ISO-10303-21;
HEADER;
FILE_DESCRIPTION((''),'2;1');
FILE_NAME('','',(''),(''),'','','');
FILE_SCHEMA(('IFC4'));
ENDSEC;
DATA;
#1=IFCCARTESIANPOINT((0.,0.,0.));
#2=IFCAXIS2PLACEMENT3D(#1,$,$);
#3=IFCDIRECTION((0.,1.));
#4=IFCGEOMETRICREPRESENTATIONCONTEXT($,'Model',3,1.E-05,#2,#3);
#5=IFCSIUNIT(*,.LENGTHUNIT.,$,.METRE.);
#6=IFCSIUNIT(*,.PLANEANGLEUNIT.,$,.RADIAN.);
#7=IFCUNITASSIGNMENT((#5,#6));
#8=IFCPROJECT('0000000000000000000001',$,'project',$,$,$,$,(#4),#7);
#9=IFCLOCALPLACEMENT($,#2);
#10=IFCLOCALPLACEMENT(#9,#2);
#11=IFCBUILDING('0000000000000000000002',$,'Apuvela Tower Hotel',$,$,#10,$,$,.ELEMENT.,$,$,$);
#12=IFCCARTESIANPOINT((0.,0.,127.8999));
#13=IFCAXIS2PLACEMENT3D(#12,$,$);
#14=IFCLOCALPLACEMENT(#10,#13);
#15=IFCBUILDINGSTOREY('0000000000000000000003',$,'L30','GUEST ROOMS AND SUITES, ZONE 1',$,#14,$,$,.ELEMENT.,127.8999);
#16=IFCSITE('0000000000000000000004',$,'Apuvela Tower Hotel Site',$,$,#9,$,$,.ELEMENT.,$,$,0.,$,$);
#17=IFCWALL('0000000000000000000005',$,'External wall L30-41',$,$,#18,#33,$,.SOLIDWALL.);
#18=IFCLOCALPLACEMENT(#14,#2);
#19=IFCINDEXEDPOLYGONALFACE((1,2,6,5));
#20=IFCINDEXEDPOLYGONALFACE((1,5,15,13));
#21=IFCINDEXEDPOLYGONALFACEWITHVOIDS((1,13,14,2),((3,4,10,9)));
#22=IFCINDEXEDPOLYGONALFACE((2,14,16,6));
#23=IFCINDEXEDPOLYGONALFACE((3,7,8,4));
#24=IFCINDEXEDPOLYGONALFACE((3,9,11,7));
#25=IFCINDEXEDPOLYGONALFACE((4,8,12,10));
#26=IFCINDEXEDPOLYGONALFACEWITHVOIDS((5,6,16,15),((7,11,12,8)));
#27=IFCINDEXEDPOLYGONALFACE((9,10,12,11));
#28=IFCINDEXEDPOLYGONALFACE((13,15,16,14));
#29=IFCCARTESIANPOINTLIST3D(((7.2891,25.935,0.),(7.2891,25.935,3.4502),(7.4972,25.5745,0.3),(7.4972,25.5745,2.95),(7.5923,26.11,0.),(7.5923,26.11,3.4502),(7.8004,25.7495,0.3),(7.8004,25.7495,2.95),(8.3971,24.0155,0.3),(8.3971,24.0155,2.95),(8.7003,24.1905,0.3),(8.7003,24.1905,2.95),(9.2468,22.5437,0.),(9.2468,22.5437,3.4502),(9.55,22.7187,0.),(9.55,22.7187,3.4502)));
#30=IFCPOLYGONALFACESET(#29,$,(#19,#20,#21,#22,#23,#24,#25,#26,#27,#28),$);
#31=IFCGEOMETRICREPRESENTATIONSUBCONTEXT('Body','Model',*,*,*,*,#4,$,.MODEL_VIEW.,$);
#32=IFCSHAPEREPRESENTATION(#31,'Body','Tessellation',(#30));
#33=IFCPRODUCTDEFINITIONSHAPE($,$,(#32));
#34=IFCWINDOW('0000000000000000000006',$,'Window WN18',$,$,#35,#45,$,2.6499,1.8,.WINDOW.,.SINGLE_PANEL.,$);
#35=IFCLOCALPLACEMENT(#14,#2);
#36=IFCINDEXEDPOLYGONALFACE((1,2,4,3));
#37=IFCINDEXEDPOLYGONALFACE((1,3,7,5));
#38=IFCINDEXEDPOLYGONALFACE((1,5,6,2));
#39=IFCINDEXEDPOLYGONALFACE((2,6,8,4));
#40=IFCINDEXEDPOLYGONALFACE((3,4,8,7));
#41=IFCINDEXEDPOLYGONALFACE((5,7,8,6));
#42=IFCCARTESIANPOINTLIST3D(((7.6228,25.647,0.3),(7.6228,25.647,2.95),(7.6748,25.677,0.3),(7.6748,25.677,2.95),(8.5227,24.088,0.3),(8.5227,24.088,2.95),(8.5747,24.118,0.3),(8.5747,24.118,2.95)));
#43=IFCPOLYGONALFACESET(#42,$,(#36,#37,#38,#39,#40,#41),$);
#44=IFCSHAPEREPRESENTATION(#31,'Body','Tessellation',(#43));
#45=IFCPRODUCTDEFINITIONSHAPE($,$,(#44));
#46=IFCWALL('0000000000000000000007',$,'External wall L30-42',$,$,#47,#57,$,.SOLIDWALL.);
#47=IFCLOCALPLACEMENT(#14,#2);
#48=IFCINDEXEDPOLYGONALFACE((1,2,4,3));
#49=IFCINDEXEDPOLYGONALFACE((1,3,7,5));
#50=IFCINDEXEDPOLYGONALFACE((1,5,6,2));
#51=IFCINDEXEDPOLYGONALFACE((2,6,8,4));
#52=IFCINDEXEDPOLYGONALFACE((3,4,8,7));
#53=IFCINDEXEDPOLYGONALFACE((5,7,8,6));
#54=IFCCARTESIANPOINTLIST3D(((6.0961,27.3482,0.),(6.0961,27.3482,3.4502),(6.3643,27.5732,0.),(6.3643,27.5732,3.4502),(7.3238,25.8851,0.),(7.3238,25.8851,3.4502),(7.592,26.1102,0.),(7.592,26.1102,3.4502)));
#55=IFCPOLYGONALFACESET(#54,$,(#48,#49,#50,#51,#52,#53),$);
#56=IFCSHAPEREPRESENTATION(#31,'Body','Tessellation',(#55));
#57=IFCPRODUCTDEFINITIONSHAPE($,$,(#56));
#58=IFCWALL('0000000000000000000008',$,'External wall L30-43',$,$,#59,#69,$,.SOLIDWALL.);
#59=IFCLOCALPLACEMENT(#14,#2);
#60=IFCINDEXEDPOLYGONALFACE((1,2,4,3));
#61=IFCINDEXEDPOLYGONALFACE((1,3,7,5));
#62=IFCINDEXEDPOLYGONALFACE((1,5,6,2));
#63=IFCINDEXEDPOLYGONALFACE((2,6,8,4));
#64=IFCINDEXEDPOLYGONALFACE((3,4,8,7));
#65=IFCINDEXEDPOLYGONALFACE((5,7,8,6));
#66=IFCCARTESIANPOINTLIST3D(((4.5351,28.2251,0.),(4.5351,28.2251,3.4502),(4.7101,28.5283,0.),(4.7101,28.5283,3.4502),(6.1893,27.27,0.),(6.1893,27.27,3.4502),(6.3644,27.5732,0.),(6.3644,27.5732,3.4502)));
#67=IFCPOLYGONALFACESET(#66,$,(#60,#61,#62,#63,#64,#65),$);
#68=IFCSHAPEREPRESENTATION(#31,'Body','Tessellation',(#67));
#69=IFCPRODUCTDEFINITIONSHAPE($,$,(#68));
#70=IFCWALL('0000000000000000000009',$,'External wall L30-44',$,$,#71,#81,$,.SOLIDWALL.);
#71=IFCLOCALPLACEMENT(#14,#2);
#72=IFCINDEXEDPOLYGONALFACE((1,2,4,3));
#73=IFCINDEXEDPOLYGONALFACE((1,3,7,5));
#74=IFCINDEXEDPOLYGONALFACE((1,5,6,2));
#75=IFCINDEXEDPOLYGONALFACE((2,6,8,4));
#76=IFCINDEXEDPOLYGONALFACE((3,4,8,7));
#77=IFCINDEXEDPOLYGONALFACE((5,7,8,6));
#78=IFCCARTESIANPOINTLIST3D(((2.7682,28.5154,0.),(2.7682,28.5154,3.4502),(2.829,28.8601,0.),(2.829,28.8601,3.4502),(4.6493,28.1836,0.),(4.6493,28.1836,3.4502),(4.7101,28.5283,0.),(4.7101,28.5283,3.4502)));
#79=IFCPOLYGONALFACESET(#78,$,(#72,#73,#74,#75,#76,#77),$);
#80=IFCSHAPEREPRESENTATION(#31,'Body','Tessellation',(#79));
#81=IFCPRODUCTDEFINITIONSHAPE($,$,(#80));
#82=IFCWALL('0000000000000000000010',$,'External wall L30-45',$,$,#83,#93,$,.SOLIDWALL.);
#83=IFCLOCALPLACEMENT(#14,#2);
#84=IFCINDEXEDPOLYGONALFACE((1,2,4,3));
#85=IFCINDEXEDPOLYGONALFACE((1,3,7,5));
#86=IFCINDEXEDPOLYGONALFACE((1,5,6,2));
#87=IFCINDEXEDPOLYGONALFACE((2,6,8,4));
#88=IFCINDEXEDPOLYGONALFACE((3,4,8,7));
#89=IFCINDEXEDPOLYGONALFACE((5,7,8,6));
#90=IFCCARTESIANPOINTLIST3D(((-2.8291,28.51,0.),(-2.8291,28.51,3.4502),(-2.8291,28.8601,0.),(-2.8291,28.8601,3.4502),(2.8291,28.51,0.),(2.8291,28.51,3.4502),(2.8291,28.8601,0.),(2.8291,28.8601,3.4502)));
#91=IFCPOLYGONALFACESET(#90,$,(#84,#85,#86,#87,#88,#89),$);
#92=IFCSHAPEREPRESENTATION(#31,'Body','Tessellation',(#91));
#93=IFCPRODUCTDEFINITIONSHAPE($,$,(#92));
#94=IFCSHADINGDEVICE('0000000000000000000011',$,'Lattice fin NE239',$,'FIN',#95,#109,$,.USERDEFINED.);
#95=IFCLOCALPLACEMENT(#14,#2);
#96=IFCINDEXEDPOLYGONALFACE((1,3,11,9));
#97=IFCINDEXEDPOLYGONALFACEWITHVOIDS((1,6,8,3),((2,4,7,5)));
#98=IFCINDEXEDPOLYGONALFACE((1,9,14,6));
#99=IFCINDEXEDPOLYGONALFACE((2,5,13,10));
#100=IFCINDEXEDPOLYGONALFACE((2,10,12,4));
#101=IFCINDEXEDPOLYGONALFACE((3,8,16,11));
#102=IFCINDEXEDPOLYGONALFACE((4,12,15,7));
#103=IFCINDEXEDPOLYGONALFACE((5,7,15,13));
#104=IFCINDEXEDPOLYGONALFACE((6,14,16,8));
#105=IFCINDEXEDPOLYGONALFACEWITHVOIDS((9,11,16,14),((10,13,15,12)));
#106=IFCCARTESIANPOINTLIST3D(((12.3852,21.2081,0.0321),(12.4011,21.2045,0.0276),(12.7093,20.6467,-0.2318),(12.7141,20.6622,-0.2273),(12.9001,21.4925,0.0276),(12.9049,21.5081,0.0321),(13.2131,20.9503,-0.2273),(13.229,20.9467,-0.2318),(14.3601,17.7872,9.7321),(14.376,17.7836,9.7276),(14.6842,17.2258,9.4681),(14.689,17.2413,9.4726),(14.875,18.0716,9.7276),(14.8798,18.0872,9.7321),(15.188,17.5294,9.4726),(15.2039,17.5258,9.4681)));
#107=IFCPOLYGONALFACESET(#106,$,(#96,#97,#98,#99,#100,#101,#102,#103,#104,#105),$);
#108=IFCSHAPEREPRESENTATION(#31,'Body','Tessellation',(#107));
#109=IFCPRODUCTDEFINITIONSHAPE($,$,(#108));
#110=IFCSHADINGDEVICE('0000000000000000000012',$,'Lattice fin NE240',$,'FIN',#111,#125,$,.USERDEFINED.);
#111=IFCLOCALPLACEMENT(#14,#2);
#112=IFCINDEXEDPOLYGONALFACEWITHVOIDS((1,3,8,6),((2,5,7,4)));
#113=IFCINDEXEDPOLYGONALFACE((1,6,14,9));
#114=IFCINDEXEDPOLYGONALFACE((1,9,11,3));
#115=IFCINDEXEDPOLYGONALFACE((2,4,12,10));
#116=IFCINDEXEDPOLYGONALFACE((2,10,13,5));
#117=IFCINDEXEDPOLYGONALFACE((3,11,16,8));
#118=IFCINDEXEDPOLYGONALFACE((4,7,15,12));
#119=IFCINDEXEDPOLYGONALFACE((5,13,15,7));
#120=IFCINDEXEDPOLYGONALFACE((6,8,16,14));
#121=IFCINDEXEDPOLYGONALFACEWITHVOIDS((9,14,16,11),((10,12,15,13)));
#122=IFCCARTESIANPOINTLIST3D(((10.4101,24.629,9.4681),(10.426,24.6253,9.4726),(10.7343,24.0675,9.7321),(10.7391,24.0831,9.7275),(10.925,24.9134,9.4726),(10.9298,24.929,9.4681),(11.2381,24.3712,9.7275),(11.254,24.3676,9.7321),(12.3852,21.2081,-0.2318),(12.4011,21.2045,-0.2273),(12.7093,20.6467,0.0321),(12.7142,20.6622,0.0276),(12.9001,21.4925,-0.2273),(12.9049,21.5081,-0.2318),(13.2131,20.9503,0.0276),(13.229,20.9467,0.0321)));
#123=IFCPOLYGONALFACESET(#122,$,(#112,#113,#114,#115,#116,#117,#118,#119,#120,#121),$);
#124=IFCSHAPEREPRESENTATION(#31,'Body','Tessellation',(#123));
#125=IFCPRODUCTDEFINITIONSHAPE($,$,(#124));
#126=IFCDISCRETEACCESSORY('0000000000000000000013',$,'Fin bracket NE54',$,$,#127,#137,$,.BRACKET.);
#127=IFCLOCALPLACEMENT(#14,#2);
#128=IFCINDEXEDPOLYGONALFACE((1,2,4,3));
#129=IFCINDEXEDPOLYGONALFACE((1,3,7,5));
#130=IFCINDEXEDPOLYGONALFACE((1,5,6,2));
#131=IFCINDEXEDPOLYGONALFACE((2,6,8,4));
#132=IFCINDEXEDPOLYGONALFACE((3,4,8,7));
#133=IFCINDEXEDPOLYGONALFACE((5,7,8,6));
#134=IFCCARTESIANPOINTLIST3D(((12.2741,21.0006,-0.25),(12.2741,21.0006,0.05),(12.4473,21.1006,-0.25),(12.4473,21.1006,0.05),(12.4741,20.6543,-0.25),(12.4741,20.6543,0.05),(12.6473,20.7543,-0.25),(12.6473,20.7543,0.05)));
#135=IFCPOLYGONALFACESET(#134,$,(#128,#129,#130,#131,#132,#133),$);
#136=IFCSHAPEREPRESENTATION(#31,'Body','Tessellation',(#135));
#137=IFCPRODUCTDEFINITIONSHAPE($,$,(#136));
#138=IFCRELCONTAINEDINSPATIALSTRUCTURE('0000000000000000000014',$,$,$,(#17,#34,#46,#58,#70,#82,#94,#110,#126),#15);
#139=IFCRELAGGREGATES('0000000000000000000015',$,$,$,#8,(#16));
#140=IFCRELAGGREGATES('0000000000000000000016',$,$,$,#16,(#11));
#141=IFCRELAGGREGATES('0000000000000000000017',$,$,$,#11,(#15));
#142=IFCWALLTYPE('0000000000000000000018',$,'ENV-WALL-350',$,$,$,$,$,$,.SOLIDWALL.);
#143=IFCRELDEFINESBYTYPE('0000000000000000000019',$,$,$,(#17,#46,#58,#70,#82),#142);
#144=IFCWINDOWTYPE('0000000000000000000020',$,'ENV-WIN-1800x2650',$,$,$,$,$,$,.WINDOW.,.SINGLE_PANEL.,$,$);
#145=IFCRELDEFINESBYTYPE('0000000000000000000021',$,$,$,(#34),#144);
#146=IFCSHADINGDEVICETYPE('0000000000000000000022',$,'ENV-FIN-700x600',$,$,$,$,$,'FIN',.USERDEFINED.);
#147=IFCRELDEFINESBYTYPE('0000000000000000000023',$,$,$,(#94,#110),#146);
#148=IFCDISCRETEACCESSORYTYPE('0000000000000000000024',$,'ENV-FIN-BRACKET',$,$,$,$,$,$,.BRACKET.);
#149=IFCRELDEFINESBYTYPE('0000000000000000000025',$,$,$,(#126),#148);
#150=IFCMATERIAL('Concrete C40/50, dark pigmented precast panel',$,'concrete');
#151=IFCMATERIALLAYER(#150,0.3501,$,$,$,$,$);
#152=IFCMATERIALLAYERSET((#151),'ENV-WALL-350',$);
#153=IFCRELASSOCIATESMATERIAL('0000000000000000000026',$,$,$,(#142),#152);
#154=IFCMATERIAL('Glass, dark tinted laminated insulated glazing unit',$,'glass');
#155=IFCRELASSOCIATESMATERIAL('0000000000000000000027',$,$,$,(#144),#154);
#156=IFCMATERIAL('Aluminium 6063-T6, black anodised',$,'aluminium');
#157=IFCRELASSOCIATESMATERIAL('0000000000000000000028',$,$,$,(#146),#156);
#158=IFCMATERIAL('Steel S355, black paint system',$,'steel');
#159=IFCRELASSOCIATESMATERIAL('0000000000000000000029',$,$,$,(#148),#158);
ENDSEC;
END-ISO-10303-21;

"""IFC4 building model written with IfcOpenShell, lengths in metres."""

from ifc_helpers import new_model, si_unit, direction, frame, frame_2d, origin, origin_2d, place, context, subcontext, project, spatial, rectangle, hollow_rectangle, extrude, material, layer, layer_set, material_profile, profile_set, type_object, element, fill, save


model = new_model("IFC4")

# Units and contexts
model_context = context("Model", 3, precision=1e-05, world=origin(), true_north=direction((0.0, 1.0)))
body_context = subcontext(model_context, "Body", "Model", "MODEL_VIEW")
ifc_project = project(units=[si_unit("LENGTHUNIT", "METRE"), si_unit("PLANEANGLEUNIT", "RADIAN")], contexts=[model_context])

# Site, building, storey
site_placement = place(None, origin())
site = spatial("IfcSite", under=ifc_project, at=site_placement, Name="Apuvela Tower Hotel Site", CompositionType="ELEMENT", RefElevation=0.0)
building_placement = place(site_placement, origin())
building = spatial("IfcBuilding", under=site, at=building_placement, Name="Apuvela Tower Hotel", CompositionType="ELEMENT")
storey_placement = place(building_placement, frame((0.0, 0.0, 127.8999)))
storey = spatial("IfcBuildingStorey", under=building, at=storey_placement, Name="L30", Description="GUEST ROOMS AND SUITES, ZONE 1", CompositionType="ELEMENT", Elevation=127.8999)

# Shared definitions
ifc_material_1 = material(Name="Concrete C40/50, dark pigmented precast panel", Category="concrete")
ifc_layer_1 = layer(ifc_material_1, 0.3501)
ifc_layer_set_1 = layer_set([ifc_layer_1], Name="ENV-WALL-350")
wall_type_1 = type_object("IfcWallType", Name="ENV-WALL-350", PredefinedType="SOLIDWALL", material=ifc_layer_set_1)

# Wall, opening, window
wall_1_placement = place(storey_placement, frame((9.3984, 22.6311, 0.0), z_axis=(0.0, 0.0, 1.0), x_axis=(-0.499955, 0.866052, 0.0)))
wall_1 = element("IfcWall", 1, at=wall_1_placement, inside=storey, type_object=wall_type_1, Name="External wall L30-41", PredefinedType="SOLIDWALL", context=body_context, shape_type="SweptSolid", body=[
    extrude(rectangle(XDim=3.9158, YDim=0.3501, at=frame_2d((1.958, 0.0))), origin(), (0.0, 0.0, 1.0), 3.4502),
])
opening_placement = place(wall_1_placement, frame((1.6997, 0.0, 0.3)))
opening = element("IfcOpeningElement", 2, at=opening_placement, cuts=wall_1, PredefinedType="OPENING", context=body_context, shape_type="SweptSolid", body=[
    extrude(rectangle(XDim=1.8, YDim=2.6499, at=frame_2d((0.8999, 1.325))), frame((0.0, 0.1851, 0.0), z_axis=(0.0, -1.0, 0.0), x_axis=(1.0, 0.0, 0.0)), (0.0, 0.0, 1.0), 0.3701),
])
ifc_material_2 = material(Name="Glass, dark tinted laminated insulated glazing unit", Category="glass")
window_type = type_object("IfcWindowType", Name="ENV-WIN-1800x2650", PartitioningType="SINGLE_PANEL", PredefinedType="WINDOW", material=ifc_material_2)
window_placement = place(opening_placement, origin())
window = element("IfcWindow", 3, at=window_placement, inside=storey, type_object=window_type, Name="Window WN18", OverallHeight=2.6499, OverallWidth=1.8, PartitioningType="SINGLE_PANEL", PredefinedType="WINDOW", context=body_context, shape_type="SweptSolid", body=[
    extrude(rectangle(XDim=1.8, YDim=2.6499, at=frame_2d((0.8999, 1.325))), frame((0.0, 0.03, 0.0), z_axis=(0.0, -1.0, 0.0), x_axis=(1.0, 0.0, 0.0)), (0.0, 0.0, 1.0), 0.0601),
])
fill(opening, window)

# Walls
wall_2_placement = place(storey_placement, frame((7.458, 25.9976, 0.0), z_axis=(0.0, 0.0, 1.0), x_axis=(-0.642808, 0.766027, 0.0)))
element("IfcWall", 4, at=wall_2_placement, inside=storey, type_object=wall_type_1, Name="External wall L30-42", PredefinedType="SOLIDWALL", context=body_context, shape_type="SweptSolid", body=[
    extrude(rectangle(XDim=1.9099, YDim=0.3501, at=frame_2d((0.9551, 0.0))), origin(), (0.0, 0.0, 1.0), 3.4502),
])
for number, where, z_axis, x_axis, name in (
    (5, (6.2769, 27.4216, 0.0), (0.0, 0.0, 1.0), (-0.866032, 0.499988, 0.0), "External wall L30-43"),
    (6, (4.6797, 28.356, 0.0), (0.0, 0.0, 1.0), (-0.984799, 0.173698, 0.0), "External wall L30-44"),
):
    element("IfcWall", number, at=place(storey_placement, frame(where, z_axis=z_axis, x_axis=x_axis)), inside=storey, type_object=wall_type_1, Name=name, PredefinedType="SOLIDWALL", context=body_context, shape_type="SweptSolid", body=[
        extrude(rectangle(XDim=1.9102, YDim=0.3501, at=frame_2d((0.9551, 0.0))), origin(), (0.0, 0.0, 1.0), 3.4502),
    ])
wall_3_placement = place(storey_placement, frame((2.8291, 28.6851, 0.0), z_axis=(0.0, 0.0, 1.0), x_axis=(-1.0, 0.0, 0.0)))
element("IfcWall", 7, at=wall_3_placement, inside=storey, type_object=wall_type_1, Name="External wall L30-45", PredefinedType="SOLIDWALL", context=body_context, shape_type="SweptSolid", body=[
    extrude(rectangle(XDim=5.6582, YDim=0.3501, at=frame_2d((2.8291, 0.0))), origin(), (0.0, 0.0, 1.0), 3.4502),
])

# Shading devices
ifc_material_3 = material(Name="Aluminium 6063-T6, black anodised", Category="aluminium")
ifc_material_profile_1 = material_profile(ifc_material_3, hollow_rectangle(XDim=0.6001, YDim=0.7, WallThickness=0.012, at=origin_2d()), Name="AL BOX 700x600x12")
ifc_profile_set_1 = profile_set([ifc_material_profile_1], Name="Aluminium 6063-T6, black anodised")
shading_device_type = type_object("IfcShadingDeviceType", Name="ENV-FIN-700x600", ElementType="FIN", PredefinedType="USERDEFINED", material=ifc_profile_set_1)
for number, where, z_axis, x_axis, name in (
    (8, (12.8071, 21.0774, -0.0999), (0.188559, -0.326628, 0.926153), (0.866048, 0.499961, 0.0), "Lattice fin NE239"),
    (9, (12.8071, 21.0774, -0.0999), (-0.188582, 0.326627, 0.926149), (-0.866021, -0.500008, 0.0), "Lattice fin NE240"),
):
    element("IfcShadingDevice", number, at=place(storey_placement, frame(where, z_axis=z_axis, x_axis=x_axis)), inside=storey, type_object=shading_device_type, Name=name, ObjectType="FIN", PredefinedType="USERDEFINED", context=body_context, shape_type="SweptSolid", body=[
        extrude(hollow_rectangle(XDim=0.6001, YDim=0.7, WallThickness=0.012, at=origin_2d()), origin(), (0.0, 0.0, 1.0), 10.4734),
    ])

# Discrete accessory
ifc_material_4 = material(Name="Steel S355, black paint system", Category="steel")
discrete_accessory_type = type_object("IfcDiscreteAccessoryType", Name="ENV-FIN-BRACKET", PredefinedType="BRACKET", material=ifc_material_4)
discrete_accessory_placement = place(storey_placement, frame((12.4607, 20.8774, -0.25), z_axis=(0.0, 0.0, 1.0), x_axis=(-0.5, 0.866025, 0.0)))
element("IfcDiscreteAccessory", 10, at=discrete_accessory_placement, inside=storey, type_object=discrete_accessory_type, Name="Fin bracket NE54", PredefinedType="BRACKET", context=body_context, shape_type="SweptSolid", body=[
    extrude(rectangle(XDim=0.3999, YDim=0.2, at=origin_2d()), origin(), (0.0, 0.0, 1.0), 0.3),
])

save(model, "model.ifc")
